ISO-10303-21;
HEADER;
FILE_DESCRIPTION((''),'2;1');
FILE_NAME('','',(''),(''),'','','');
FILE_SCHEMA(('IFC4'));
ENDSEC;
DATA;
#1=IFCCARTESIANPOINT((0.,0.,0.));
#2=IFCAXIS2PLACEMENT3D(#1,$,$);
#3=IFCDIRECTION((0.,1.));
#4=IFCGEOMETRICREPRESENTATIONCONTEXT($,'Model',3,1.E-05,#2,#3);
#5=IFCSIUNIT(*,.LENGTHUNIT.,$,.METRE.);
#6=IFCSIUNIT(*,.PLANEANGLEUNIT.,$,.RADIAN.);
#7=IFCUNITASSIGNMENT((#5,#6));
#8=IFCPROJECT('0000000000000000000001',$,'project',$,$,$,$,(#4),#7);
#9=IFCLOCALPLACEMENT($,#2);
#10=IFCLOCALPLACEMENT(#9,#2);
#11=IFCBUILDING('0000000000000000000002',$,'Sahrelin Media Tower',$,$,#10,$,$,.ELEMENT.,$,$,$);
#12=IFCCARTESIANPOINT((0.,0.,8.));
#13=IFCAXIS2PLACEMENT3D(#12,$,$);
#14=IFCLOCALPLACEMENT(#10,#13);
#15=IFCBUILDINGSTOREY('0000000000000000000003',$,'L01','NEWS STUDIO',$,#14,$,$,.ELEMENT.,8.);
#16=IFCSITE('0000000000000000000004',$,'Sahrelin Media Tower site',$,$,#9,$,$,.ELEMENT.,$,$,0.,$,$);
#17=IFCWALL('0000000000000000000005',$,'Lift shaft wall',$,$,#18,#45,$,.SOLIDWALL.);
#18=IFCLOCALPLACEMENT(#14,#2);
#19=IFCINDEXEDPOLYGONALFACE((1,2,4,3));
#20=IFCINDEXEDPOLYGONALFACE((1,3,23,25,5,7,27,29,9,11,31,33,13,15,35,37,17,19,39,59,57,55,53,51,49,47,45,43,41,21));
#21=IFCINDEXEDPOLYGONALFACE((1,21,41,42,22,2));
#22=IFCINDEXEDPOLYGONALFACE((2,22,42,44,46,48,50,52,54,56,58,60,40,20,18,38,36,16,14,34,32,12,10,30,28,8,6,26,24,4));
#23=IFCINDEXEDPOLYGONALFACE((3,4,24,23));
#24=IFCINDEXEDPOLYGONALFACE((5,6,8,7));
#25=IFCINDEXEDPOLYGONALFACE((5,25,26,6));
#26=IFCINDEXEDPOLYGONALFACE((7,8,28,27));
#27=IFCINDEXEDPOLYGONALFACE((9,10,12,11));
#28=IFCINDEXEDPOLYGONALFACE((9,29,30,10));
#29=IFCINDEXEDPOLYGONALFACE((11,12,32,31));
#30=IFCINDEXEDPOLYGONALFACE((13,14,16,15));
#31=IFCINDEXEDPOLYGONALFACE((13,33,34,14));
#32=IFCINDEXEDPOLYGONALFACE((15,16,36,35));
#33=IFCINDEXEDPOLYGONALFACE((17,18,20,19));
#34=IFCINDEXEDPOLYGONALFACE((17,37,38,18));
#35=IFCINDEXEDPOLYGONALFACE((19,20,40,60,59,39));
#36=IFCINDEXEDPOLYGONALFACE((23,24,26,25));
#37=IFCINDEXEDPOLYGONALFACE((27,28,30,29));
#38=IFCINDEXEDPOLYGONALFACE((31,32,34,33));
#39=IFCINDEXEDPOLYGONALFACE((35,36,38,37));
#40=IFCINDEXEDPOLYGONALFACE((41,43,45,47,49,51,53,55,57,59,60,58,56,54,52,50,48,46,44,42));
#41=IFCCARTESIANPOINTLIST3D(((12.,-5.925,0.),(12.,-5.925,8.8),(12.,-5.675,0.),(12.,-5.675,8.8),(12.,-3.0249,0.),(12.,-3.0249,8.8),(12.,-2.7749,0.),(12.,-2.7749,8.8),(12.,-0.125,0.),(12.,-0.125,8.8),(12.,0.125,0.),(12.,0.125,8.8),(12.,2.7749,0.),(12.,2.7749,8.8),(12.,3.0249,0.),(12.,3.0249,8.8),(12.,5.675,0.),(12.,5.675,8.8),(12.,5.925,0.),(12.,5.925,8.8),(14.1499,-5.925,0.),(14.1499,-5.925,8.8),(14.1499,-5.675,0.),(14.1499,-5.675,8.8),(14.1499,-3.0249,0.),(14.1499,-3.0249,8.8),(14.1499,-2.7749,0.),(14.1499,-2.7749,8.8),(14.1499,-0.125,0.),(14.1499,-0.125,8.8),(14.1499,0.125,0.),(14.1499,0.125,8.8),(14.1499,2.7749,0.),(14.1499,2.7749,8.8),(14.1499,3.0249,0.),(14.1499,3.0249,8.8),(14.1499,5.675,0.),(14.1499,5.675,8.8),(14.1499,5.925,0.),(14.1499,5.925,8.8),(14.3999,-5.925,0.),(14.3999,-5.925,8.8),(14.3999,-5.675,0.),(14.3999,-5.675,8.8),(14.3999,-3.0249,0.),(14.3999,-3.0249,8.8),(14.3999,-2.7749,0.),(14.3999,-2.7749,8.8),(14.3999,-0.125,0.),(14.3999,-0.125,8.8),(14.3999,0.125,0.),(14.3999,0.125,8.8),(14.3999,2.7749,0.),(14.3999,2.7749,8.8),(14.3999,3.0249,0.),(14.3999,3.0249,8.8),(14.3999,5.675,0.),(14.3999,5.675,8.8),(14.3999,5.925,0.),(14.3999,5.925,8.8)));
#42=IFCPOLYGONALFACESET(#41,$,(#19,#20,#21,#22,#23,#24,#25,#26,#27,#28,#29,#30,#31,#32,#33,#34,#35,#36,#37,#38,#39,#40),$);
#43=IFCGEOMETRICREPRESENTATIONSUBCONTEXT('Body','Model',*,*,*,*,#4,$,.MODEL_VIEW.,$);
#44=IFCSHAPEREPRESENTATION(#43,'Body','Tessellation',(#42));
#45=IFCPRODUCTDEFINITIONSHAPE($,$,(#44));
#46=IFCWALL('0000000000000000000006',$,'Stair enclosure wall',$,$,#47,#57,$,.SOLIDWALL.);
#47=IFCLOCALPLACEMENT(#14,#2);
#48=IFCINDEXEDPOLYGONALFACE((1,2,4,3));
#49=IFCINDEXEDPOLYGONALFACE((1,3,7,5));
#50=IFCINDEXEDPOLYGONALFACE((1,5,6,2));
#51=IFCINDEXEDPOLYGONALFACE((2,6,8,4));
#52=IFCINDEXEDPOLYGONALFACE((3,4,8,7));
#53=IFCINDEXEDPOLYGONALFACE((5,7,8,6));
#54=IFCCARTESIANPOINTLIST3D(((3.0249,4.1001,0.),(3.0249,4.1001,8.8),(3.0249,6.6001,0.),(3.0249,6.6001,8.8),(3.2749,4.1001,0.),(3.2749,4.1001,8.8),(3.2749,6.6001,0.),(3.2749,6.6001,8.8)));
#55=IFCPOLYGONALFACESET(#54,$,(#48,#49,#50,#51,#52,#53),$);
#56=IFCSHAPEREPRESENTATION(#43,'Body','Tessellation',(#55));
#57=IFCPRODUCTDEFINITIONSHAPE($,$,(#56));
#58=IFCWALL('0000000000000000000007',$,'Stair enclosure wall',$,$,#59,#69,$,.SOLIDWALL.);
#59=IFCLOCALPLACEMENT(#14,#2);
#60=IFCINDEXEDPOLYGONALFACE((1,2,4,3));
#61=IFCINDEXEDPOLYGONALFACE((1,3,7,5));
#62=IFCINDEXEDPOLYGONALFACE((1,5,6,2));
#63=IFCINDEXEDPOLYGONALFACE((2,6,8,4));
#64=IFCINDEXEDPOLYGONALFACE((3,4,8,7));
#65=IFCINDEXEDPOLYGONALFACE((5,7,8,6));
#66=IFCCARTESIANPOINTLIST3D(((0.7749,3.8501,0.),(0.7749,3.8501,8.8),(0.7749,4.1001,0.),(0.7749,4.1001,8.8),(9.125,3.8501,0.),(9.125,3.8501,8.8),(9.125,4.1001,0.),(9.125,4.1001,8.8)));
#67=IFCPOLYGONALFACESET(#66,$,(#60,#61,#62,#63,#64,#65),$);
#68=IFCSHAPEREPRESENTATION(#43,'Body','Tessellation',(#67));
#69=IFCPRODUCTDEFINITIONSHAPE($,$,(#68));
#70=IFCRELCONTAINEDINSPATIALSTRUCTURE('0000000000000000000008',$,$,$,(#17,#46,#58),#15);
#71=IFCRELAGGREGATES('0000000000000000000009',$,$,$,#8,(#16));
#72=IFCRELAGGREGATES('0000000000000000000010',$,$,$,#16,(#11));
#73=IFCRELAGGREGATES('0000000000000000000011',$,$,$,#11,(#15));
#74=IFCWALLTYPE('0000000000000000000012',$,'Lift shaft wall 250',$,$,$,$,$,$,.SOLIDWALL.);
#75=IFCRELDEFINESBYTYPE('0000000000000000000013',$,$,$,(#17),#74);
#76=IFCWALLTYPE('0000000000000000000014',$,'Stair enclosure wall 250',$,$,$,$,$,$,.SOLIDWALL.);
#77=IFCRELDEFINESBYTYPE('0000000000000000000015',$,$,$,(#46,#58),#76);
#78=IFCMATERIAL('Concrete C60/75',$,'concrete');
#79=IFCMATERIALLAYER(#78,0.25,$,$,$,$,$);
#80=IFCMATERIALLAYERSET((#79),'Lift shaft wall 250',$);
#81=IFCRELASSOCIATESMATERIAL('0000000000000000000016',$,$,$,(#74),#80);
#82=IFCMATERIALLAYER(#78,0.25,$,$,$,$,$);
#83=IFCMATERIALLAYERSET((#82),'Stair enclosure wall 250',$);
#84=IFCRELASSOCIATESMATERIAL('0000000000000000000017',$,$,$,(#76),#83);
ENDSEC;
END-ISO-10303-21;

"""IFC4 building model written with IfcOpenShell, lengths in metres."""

from ifc_helpers import new_model, si_unit, direction, frame, frame_2d, origin, place, context, subcontext, project, spatial, polyline, rectangle, outline, extrude, material, layer, layer_set, type_object, element, save


model = new_model("IFC4")

# Units and contexts
model_context = context("Model", 3, precision=1e-05, world=origin(), true_north=direction((0.0, 1.0)))
body_context = subcontext(model_context, "Body", "Model", "MODEL_VIEW")
ifc_project = project(units=[si_unit("LENGTHUNIT", "METRE"), si_unit("PLANEANGLEUNIT", "RADIAN")], contexts=[model_context])

# Site, building, storey
site_placement = place(None, origin())
site = spatial("IfcSite", under=ifc_project, at=site_placement, Name="Sahrelin Media Tower site", CompositionType="ELEMENT", RefElevation=0.0)
building_placement = place(site_placement, origin())
building = spatial("IfcBuilding", under=site, at=building_placement, Name="Sahrelin Media Tower", CompositionType="ELEMENT")
storey_placement = place(building_placement, frame((0.0, 0.0, 8.0)))
storey = spatial("IfcBuildingStorey", under=building, at=storey_placement, Name="L01", Description="NEWS STUDIO", CompositionType="ELEMENT", Elevation=8.0)

# Shared definitions
placement_1 = place(storey_placement, origin())

# Shared definitions
ifc_material_1 = material(Name="Concrete C60/75", Category="concrete")
ifc_layer_1 = layer(ifc_material_1, 0.25)
ifc_layer_set_1 = layer_set([ifc_layer_1], Name="Lift shaft wall 250")
wall_type_1 = type_object("IfcWallType", Name="Lift shaft wall 250", PredefinedType="SOLIDWALL", material=ifc_layer_set_1)

# Walls
element("IfcWall", 1, at=placement_1, inside=storey, type_object=wall_type_1, Name="Lift shaft wall", PredefinedType="SOLIDWALL", context=body_context, shape_type="SweptSolid", body=[
    extrude(outline(polyline([(12.0, -5.675), (12.0, -5.925), (14.1499, -5.925), (14.3999, -5.925), (14.3999, -5.675), (14.3999, -3.0249), (14.3999, -2.7749), (14.3999, -0.125), (14.3999, 0.125), (14.3999, 2.7749), (14.3999, 3.0249), (14.3999, 5.675), (14.3999, 5.925), (14.1499, 5.925), (12.0, 5.925), (12.0, 5.675), (14.1499, 5.675), (14.1499, 3.0249), (12.0, 3.0249), (12.0, 2.7749), (14.1499, 2.7749), (14.1499, 0.125), (12.0, 0.125), (12.0, -0.125), (14.1499, -0.125), (14.1499, -2.7749), (12.0, -2.7749), (12.0, -3.0249), (14.1499, -3.0249), (14.1499, -5.675), (12.0, -5.675)])), origin(), (0.0, 0.0, 1.0), 8.8),
])
ifc_layer_2 = layer(ifc_material_1, 0.25)
ifc_layer_set_2 = layer_set([ifc_layer_2], Name="Stair enclosure wall 250")
wall_type_2 = type_object("IfcWallType", Name="Stair enclosure wall 250", PredefinedType="SOLIDWALL", material=ifc_layer_set_2)
wall_1_placement = place(storey_placement, frame((3.1499, 4.1001, 0.0), z_axis=(0.0, 0.0, 1.0), x_axis=(0.0, 1.0, 0.0)))
element("IfcWall", 2, at=wall_1_placement, inside=storey, type_object=wall_type_2, Name="Stair enclosure wall", PredefinedType="SOLIDWALL", context=body_context, shape_type="SweptSolid", body=[
    extrude(rectangle(XDim=2.5, YDim=0.25, at=frame_2d((1.25, 0.0))), origin(), (0.0, 0.0, 1.0), 8.8),
])
wall_2_placement = place(storey_placement, frame((0.7749, 3.9751, 0.0), z_axis=(0.0, 0.0, 1.0), x_axis=(1.0, 0.0, 0.0)))
element("IfcWall", 3, at=wall_2_placement, inside=storey, type_object=wall_type_2, Name="Stair enclosure wall", PredefinedType="SOLIDWALL", context=body_context, shape_type="SweptSolid", body=[
    extrude(rectangle(XDim=8.3501, YDim=0.25, at=frame_2d((4.175, 0.0))), origin(), (0.0, 0.0, 1.0), 8.8),
])

save(model, "model.ifc")
